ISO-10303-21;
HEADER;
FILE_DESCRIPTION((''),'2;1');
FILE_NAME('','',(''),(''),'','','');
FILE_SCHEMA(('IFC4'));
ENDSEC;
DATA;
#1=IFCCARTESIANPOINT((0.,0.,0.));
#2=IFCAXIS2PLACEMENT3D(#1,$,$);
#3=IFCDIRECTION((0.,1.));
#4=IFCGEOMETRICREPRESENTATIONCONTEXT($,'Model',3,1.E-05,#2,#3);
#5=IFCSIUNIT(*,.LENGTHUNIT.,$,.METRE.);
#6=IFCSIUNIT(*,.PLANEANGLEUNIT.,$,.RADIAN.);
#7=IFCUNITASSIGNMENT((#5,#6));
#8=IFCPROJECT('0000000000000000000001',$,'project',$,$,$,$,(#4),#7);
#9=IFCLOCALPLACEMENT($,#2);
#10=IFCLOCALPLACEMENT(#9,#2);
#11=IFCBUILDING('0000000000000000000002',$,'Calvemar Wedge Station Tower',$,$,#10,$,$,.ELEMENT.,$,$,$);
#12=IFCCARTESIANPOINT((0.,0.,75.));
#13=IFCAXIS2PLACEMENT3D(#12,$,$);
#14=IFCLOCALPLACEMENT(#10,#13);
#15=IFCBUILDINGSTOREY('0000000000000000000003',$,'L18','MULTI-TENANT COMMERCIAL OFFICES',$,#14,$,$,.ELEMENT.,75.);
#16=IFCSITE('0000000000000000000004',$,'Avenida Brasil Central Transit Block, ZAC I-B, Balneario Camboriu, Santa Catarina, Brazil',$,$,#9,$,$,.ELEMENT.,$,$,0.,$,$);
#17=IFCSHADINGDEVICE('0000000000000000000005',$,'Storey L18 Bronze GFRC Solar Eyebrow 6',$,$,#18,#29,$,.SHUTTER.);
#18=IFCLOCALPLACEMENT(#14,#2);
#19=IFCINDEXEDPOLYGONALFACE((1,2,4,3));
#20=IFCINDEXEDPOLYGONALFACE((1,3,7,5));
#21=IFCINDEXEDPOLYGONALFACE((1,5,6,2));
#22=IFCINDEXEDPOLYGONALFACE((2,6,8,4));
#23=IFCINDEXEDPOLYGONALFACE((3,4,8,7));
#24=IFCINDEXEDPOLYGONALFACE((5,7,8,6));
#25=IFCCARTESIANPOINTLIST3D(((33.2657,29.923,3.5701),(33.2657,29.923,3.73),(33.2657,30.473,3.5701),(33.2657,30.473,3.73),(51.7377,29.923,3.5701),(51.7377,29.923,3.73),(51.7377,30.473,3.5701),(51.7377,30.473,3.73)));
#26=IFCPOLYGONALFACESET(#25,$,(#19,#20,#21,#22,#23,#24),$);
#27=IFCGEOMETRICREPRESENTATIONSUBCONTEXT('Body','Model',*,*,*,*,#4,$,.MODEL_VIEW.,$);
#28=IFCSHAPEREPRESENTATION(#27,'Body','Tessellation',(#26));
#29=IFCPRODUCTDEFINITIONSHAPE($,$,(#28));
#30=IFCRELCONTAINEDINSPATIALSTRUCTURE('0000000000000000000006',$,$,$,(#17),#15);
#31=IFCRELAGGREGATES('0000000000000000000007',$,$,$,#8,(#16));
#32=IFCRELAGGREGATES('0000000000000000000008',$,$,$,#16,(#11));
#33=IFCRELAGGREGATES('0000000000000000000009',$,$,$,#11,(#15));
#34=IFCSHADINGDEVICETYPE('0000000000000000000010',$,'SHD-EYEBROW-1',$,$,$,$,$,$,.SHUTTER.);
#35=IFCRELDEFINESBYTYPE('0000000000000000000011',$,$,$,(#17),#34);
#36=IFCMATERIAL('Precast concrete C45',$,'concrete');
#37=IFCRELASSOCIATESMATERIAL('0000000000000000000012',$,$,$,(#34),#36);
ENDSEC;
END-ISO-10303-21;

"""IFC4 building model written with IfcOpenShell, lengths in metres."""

from ifc_helpers import new_model, si_unit, direction, frame, frame_2d, origin, place, context, subcontext, project, spatial, rectangle, extrude, material, type_object, element, save


model = new_model("IFC4")

# Units and contexts
model_context = context("Model", 3, precision=1e-05, world=origin(), true_north=direction((0.0, 1.0)))
body_context = subcontext(model_context, "Body", "Model", "MODEL_VIEW")
ifc_project = project(units=[si_unit("LENGTHUNIT", "METRE"), si_unit("PLANEANGLEUNIT", "RADIAN")], contexts=[model_context])

# Site, building, storey
site_placement = place(None, origin())
site = spatial("IfcSite", under=ifc_project, at=site_placement, Name="Avenida Brasil Central Transit Block, ZAC I-B, Balneario Camboriu, Santa Catarina, Brazil", CompositionType="ELEMENT", RefElevation=0.0)
building_placement = place(site_placement, origin())
building = spatial("IfcBuilding", under=site, at=building_placement, Name="Calvemar Wedge Station Tower", CompositionType="ELEMENT")
storey_placement = place(building_placement, frame((0.0, 0.0, 75.0)))
storey = spatial("IfcBuildingStorey", under=building, at=storey_placement, Name="L18", Description="MULTI-TENANT COMMERCIAL OFFICES", CompositionType="ELEMENT", Elevation=75.0)

# Shared definitions
ifc_material_1 = material(Name="Precast concrete C45", Category="concrete")

# Shading device
shading_device_type = type_object("IfcShadingDeviceType", Name="SHD-EYEBROW-1", PredefinedType="SHUTTER", material=ifc_material_1)
shading_device_placement = place(storey_placement, frame((33.2659, 30.198, 3.5701), z_axis=(0.0, 0.0, 1.0), x_axis=(1.0, 0.0, 0.0)))
element("IfcShadingDevice", 1, at=shading_device_placement, inside=storey, type_object=shading_device_type, Name="Storey L18 Bronze GFRC Solar Eyebrow 6", PredefinedType="SHUTTER", context=body_context, shape_type="SweptSolid", body=[
    extrude(rectangle(XDim=18.4719, YDim=0.55, at=frame_2d((9.2358, 0.0))), origin(), (0.0, 0.0, 1.0), 0.1599),
])

save(model, "model.ifc")
